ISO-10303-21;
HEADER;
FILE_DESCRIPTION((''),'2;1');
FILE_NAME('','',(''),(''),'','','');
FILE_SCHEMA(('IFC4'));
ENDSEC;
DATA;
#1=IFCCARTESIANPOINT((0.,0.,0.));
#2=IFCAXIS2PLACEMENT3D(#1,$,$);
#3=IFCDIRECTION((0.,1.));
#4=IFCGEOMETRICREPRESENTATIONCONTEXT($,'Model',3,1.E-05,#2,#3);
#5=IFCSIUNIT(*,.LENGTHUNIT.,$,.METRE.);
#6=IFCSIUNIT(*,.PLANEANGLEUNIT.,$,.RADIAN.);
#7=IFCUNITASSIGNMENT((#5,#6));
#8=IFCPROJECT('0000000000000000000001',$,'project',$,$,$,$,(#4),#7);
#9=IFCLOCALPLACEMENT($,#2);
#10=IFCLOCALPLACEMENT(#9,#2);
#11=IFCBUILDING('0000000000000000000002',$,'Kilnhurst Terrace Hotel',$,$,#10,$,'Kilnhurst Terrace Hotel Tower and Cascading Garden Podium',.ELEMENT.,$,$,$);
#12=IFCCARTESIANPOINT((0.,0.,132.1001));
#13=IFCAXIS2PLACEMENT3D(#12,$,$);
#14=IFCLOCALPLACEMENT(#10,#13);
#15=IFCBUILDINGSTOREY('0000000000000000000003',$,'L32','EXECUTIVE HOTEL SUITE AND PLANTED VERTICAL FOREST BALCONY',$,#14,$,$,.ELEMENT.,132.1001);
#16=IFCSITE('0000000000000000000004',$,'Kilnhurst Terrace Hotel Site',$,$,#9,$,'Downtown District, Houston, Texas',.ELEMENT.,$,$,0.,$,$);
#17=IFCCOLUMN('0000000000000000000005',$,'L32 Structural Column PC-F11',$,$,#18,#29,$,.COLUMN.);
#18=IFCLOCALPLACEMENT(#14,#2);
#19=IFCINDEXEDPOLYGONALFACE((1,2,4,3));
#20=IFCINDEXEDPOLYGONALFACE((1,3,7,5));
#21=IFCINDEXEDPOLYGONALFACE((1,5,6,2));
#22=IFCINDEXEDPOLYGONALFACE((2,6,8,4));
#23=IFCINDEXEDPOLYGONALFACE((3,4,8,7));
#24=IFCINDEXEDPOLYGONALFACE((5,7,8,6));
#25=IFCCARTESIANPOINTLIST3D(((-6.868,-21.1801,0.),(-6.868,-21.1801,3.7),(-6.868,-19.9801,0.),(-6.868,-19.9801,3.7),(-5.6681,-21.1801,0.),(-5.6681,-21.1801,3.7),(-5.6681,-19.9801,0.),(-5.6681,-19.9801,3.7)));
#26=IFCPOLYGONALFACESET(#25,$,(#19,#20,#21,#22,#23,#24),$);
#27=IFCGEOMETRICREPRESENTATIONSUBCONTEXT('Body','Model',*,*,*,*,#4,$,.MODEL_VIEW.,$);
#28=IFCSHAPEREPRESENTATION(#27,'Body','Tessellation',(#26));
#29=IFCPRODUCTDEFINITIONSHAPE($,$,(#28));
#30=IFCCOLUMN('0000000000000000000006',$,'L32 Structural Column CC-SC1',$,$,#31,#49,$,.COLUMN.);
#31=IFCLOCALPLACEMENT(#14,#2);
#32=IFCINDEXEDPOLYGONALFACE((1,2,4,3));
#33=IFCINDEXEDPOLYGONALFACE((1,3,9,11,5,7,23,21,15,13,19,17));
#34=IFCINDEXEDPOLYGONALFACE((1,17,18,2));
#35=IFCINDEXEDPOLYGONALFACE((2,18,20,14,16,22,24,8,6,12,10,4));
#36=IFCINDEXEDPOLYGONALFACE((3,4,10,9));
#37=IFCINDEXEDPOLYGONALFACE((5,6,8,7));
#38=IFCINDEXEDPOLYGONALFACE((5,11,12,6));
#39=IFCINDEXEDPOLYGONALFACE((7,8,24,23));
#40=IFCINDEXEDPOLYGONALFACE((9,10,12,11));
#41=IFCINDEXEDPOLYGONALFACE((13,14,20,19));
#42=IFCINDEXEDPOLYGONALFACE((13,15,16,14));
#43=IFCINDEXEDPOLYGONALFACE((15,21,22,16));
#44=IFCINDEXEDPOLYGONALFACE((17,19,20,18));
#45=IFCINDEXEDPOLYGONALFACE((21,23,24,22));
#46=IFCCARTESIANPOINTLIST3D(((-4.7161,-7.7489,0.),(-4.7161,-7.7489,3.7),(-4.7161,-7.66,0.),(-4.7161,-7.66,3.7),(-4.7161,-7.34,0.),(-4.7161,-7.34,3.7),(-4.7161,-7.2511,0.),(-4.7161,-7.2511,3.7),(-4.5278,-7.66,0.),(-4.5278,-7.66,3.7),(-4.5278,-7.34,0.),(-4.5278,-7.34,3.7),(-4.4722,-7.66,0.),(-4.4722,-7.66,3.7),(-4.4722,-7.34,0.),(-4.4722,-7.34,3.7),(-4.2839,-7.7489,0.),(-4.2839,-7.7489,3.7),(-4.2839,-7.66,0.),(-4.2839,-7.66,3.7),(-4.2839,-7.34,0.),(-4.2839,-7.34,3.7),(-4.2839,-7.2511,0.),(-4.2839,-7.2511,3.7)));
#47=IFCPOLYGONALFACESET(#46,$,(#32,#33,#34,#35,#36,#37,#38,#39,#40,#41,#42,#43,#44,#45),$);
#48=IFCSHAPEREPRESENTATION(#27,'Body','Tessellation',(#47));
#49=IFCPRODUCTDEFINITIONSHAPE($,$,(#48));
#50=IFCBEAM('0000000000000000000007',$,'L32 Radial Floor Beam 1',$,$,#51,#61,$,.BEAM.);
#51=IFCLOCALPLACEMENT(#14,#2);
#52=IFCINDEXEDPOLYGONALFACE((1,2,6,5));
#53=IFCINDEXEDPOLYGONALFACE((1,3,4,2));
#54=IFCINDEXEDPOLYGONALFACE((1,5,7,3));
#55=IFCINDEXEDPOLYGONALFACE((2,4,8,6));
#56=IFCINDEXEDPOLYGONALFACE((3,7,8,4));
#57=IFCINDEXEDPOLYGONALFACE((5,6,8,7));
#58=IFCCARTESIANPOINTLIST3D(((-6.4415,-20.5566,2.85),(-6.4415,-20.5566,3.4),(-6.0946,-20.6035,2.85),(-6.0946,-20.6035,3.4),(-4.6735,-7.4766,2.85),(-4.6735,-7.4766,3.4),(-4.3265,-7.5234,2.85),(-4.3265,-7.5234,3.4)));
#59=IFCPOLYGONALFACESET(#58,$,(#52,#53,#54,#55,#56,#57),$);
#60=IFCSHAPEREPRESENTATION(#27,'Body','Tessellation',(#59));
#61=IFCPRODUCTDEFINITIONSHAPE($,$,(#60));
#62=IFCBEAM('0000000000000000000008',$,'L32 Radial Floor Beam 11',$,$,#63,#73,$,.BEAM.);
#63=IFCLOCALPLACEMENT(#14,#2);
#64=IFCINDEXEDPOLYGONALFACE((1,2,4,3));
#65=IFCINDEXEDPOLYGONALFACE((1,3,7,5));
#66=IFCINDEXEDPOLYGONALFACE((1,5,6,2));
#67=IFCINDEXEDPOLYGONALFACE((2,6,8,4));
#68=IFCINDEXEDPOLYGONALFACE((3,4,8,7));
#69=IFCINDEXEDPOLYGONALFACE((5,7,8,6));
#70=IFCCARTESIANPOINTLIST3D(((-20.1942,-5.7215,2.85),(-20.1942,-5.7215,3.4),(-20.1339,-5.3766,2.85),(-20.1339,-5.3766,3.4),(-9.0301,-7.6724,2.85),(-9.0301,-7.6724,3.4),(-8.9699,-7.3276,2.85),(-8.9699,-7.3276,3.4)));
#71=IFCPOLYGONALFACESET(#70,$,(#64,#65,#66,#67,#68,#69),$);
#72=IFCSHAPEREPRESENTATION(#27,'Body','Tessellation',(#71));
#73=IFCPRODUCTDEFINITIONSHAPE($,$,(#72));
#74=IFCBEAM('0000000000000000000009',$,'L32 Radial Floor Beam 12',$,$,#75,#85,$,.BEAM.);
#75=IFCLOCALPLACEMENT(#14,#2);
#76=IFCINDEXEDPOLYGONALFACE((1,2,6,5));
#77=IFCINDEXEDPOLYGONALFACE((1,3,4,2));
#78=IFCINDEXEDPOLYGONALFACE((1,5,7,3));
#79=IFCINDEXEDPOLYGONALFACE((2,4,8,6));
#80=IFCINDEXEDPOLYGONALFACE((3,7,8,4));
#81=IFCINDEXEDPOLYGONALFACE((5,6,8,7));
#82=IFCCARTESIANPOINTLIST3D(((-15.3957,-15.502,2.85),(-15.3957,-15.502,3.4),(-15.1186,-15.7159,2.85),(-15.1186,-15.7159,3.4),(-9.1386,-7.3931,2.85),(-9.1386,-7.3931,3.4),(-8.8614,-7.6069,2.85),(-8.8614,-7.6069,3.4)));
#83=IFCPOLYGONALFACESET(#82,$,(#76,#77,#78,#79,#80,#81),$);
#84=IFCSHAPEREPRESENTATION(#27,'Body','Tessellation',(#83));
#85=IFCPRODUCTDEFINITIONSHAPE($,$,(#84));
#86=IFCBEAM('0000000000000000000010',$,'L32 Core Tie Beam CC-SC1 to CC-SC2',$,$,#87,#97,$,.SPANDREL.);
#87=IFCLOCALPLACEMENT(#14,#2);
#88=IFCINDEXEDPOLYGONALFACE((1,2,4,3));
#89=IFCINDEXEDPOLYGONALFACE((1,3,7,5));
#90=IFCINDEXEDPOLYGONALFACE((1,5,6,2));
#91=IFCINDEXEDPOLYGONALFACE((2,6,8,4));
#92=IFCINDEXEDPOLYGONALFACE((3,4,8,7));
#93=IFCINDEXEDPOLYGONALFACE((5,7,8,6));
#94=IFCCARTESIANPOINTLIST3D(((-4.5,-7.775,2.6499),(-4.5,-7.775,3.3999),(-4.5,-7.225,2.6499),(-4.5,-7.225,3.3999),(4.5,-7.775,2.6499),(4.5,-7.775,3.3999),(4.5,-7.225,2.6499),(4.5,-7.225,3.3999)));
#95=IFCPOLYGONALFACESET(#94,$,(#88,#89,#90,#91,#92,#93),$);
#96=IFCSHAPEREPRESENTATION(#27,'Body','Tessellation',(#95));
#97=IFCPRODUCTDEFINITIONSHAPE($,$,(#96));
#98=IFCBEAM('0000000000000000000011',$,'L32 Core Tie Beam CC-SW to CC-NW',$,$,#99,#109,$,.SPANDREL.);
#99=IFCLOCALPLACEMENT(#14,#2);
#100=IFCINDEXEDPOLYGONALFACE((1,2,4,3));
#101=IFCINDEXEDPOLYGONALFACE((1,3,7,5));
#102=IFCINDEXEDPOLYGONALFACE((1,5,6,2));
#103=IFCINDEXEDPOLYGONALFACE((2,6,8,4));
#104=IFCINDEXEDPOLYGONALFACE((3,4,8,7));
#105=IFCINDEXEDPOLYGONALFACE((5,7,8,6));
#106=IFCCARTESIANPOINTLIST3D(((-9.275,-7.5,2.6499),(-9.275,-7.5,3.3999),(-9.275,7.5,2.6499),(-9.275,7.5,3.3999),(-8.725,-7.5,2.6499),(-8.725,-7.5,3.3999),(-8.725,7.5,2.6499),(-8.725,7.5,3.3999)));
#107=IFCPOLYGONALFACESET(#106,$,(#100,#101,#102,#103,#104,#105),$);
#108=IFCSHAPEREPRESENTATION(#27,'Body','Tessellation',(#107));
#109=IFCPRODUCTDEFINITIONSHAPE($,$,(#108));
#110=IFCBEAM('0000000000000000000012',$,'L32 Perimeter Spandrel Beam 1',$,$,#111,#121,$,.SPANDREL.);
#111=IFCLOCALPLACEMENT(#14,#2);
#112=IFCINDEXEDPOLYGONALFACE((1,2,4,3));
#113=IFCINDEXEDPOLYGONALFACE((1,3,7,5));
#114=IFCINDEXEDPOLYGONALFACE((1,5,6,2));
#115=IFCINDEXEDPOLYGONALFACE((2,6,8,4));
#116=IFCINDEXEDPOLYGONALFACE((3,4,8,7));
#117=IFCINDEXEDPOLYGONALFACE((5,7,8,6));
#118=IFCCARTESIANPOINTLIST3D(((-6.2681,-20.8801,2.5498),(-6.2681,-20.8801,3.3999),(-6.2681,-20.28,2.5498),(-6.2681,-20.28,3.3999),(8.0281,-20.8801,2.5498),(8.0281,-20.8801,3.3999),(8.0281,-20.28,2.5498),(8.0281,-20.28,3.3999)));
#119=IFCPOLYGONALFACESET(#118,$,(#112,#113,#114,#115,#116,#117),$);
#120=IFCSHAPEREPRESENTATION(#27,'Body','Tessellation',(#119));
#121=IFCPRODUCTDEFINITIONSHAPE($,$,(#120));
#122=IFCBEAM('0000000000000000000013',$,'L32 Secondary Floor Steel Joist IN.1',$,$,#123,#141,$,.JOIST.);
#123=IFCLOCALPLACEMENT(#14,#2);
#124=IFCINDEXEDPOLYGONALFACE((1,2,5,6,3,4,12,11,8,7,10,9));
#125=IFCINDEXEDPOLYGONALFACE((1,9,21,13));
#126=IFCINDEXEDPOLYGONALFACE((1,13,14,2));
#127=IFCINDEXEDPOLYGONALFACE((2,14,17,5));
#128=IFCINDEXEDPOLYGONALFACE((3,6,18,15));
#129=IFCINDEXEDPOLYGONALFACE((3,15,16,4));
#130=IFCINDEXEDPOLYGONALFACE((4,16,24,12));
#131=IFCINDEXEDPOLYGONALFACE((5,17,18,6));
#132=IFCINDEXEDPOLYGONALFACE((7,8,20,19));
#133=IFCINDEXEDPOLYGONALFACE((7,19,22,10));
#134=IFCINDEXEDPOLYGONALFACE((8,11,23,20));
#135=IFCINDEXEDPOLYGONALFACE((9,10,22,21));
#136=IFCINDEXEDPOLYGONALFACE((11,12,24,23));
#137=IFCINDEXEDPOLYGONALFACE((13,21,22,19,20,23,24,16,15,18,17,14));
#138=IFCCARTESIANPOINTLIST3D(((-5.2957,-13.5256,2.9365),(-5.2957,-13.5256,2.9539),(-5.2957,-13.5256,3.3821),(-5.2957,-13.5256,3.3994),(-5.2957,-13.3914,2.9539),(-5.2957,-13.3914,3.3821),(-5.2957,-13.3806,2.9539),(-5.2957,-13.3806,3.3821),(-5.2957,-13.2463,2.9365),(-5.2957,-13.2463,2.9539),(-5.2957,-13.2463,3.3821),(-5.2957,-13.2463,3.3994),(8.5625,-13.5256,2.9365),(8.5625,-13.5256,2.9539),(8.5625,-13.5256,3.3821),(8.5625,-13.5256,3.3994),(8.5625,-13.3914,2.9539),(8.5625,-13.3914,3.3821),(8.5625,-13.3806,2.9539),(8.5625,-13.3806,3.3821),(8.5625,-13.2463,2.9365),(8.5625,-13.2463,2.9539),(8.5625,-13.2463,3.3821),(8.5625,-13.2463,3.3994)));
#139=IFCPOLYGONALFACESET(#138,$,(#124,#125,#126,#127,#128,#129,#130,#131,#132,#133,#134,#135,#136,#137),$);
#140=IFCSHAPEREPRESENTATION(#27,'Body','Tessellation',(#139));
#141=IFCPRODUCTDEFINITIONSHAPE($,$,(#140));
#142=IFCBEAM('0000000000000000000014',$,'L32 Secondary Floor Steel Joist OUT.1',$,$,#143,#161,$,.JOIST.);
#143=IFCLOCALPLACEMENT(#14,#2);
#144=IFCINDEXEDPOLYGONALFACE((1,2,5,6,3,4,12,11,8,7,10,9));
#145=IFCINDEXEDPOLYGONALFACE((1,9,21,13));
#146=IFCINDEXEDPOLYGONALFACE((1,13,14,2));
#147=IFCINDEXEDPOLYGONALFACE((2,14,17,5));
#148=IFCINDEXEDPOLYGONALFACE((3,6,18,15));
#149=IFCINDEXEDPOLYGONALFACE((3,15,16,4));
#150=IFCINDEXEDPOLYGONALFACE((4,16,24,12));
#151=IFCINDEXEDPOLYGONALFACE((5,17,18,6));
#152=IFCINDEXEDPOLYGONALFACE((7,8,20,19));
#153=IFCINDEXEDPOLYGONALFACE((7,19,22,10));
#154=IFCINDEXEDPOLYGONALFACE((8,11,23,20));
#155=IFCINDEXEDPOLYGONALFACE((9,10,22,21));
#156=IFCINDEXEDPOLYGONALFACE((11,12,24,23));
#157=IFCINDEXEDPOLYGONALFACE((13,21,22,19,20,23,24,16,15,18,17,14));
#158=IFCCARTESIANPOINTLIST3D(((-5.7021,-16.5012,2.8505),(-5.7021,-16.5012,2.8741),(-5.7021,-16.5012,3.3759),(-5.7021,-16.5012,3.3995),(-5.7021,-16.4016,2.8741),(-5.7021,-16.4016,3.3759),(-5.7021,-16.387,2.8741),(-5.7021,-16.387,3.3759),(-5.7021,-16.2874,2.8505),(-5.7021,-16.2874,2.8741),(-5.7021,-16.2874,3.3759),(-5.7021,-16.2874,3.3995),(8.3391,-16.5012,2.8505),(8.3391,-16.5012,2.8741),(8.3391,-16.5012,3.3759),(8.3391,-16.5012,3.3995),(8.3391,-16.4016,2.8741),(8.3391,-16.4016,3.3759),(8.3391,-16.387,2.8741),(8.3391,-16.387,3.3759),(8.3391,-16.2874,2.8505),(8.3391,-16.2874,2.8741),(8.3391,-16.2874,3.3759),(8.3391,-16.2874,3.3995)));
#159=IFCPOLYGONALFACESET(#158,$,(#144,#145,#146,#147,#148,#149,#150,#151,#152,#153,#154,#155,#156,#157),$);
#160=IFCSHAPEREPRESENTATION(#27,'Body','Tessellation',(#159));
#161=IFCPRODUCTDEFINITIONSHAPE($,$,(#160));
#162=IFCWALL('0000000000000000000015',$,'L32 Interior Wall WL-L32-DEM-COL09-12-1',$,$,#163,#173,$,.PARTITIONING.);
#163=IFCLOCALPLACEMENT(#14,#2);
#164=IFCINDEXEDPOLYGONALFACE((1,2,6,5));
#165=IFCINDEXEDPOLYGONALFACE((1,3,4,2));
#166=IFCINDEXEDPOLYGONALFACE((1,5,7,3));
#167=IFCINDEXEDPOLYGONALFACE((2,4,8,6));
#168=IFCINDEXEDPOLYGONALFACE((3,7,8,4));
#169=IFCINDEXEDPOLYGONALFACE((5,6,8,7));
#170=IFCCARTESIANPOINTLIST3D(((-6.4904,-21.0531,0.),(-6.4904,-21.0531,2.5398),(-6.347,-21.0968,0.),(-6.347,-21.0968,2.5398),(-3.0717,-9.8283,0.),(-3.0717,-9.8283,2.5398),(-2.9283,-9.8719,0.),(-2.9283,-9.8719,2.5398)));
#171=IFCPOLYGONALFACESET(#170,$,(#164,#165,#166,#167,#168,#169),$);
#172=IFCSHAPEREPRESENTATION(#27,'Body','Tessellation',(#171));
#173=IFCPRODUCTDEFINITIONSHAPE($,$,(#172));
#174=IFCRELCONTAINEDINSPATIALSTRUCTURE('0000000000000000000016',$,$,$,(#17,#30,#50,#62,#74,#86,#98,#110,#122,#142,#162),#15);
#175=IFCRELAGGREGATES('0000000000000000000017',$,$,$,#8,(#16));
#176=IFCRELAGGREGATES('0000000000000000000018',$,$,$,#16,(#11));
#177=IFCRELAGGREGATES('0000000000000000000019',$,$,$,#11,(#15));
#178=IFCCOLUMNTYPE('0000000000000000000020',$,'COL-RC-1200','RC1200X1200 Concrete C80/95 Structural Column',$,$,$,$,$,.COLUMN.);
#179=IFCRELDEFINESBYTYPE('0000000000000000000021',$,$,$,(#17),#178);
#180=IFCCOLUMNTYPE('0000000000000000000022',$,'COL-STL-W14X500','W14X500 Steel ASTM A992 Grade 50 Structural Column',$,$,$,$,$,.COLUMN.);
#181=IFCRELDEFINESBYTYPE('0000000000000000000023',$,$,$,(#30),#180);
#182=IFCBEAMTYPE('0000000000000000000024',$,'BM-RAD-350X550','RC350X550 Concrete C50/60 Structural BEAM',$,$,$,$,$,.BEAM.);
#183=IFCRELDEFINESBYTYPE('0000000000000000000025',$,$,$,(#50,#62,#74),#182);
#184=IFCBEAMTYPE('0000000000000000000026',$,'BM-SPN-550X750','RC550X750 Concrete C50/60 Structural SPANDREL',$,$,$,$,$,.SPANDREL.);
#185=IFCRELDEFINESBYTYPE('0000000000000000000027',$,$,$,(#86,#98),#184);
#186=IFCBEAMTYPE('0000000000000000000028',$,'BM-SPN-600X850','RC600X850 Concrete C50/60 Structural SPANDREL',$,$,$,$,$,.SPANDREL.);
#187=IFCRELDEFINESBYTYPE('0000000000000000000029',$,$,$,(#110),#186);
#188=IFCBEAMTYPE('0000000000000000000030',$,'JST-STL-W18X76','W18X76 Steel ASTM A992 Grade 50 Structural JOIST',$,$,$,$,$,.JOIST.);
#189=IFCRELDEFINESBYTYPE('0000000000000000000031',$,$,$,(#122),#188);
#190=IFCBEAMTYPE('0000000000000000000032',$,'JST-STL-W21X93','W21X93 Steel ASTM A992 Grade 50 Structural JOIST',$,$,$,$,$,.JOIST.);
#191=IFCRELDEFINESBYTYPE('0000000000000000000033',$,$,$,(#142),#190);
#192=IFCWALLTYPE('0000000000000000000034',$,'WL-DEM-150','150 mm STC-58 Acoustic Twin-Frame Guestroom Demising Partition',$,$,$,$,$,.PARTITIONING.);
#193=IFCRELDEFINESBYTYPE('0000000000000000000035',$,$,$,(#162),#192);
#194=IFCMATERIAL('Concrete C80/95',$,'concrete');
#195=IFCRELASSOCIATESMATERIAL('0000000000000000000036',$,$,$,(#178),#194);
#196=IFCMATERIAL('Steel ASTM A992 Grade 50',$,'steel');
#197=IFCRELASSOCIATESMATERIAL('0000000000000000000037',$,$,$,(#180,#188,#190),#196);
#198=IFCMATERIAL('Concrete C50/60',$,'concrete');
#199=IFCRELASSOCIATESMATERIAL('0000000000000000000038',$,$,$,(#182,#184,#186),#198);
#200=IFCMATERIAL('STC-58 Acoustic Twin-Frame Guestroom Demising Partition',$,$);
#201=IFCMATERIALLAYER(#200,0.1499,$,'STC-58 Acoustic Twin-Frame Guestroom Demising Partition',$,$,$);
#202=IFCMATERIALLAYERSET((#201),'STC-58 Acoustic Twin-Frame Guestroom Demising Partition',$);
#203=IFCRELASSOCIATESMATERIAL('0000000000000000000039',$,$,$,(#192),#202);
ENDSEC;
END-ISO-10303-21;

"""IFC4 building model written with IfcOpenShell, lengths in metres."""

from ifc_helpers import new_model, si_unit, direction, frame, frame_2d, origin, origin_2d, place, context, subcontext, project, spatial, rectangle, i_section, extrude, material, layer, layer_set, material_profile, profile_set, type_object, element, save


model = new_model("IFC4")

# Units and contexts
model_context = context("Model", 3, precision=1e-05, world=origin(), true_north=direction((0.0, 1.0)))
body_context = subcontext(model_context, "Body", "Model", "MODEL_VIEW")
ifc_project = project(units=[si_unit("LENGTHUNIT", "METRE"), si_unit("PLANEANGLEUNIT", "RADIAN")], contexts=[model_context])

# Site, building, storey
site_placement = place(None, origin())
site = spatial("IfcSite", under=ifc_project, at=site_placement, Name="Kilnhurst Terrace Hotel Site", LongName="Downtown District, Houston, Texas", CompositionType="ELEMENT", RefElevation=0.0)
building_placement = place(site_placement, origin())
building = spatial("IfcBuilding", under=site, at=building_placement, Name="Kilnhurst Terrace Hotel", LongName="Kilnhurst Terrace Hotel Tower and Cascading Garden Podium", CompositionType="ELEMENT")
storey_placement = place(building_placement, frame((0.0, 0.0, 132.1001)))
storey = spatial("IfcBuildingStorey", under=building, at=storey_placement, Name="L32", Description="EXECUTIVE HOTEL SUITE AND PLANTED VERTICAL FOREST BALCONY", CompositionType="ELEMENT", Elevation=132.1001)

# Columns
ifc_material_1 = material(Name="Concrete C80/95", Category="concrete")
ifc_material_profile_1 = material_profile(ifc_material_1, rectangle(XDim=1.2, YDim=1.2, at=origin_2d()), Name="RC1200X1200")
ifc_profile_set_1 = profile_set([ifc_material_profile_1], Name="Concrete C80/95")
column_type_1 = type_object("IfcColumnType", Name="COL-RC-1200", Description="RC1200X1200 Concrete C80/95 Structural Column", PredefinedType="COLUMN", material=ifc_profile_set_1)
column_1_placement = place(storey_placement, frame((-6.2681, -20.5801, 0.0), z_axis=(0.0, 0.0, 1.0), x_axis=(1.0, 0.0, 0.0)))
element("IfcColumn", 1, at=column_1_placement, inside=storey, type_object=column_type_1, Name="L32 Structural Column PC-F11", PredefinedType="COLUMN", context=body_context, shape_type="SweptSolid", body=[
    extrude(rectangle(XDim=1.2, YDim=1.2, at=origin_2d()), origin(), (0.0, 0.0, 1.0), 3.7),
])
ifc_material_2 = material(Name="Steel ASTM A992 Grade 50", Category="steel")
ifc_material_profile_2 = material_profile(ifc_material_2, i_section(OverallWidth=0.4321, OverallDepth=0.4978, WebThickness=0.0557, FlangeThickness=0.0889, at=origin_2d()), Name="W14X500")
ifc_profile_set_2 = profile_set([ifc_material_profile_2], Name="Steel ASTM A992 Grade 50")
column_type_2 = type_object("IfcColumnType", Name="COL-STL-W14X500", Description="W14X500 Steel ASTM A992 Grade 50 Structural Column", PredefinedType="COLUMN", material=ifc_profile_set_2)
column_2_placement = place(storey_placement, frame((-4.5, -7.5, 0.0), z_axis=(0.0, 0.0, 1.0), x_axis=(1.0, 0.0, 0.0)))
element("IfcColumn", 2, at=column_2_placement, inside=storey, type_object=column_type_2, Name="L32 Structural Column CC-SC1", PredefinedType="COLUMN", context=body_context, shape_type="SweptSolid", body=[
    extrude(i_section(OverallWidth=0.4321, OverallDepth=0.4978, WebThickness=0.0557, FlangeThickness=0.0889, at=origin_2d()), origin(), (0.0, 0.0, 1.0), 3.7),
])

# Beams
ifc_material_3 = material(Name="Concrete C50/60", Category="concrete")
ifc_material_profile_3 = material_profile(ifc_material_3, rectangle(XDim=0.3501, YDim=0.55, at=origin_2d()), Name="RC350X550")
ifc_profile_set_3 = profile_set([ifc_material_profile_3], Name="Concrete C50/60")
beam_type_1 = type_object("IfcBeamType", Name="BM-RAD-350X550", Description="RC350X550 Concrete C50/60 Structural BEAM", PredefinedType="BEAM", material=ifc_profile_set_3)
beam_1_placement = place(storey_placement, frame((-4.5, -7.5, 3.125), z_axis=(-0.133954, -0.990988, 0.0), x_axis=(0.990988, -0.133954, 0.0)))
element("IfcBeam", 3, at=beam_1_placement, inside=storey, type_object=beam_type_1, Name="L32 Radial Floor Beam 1", PredefinedType="BEAM", context=body_context, shape_type="SweptSolid", body=[
    extrude(rectangle(XDim=0.3501, YDim=0.55, at=origin_2d()), origin(), (0.0, 0.0, 1.0), 13.199),
])
beam_2_placement = place(storey_placement, frame((-9.0, -7.5, 3.125), z_axis=(-0.985072, 0.172142, 0.0), x_axis=(-0.172142, -0.985072, 0.0)))
element("IfcBeam", 4, at=beam_2_placement, inside=storey, type_object=beam_type_1, Name="L32 Radial Floor Beam 11", PredefinedType="BEAM", context=body_context, shape_type="SweptSolid", body=[
    extrude(rectangle(XDim=0.3501, YDim=0.55, at=origin_2d()), origin(), (0.0, 0.0, 1.0), 11.3333),
])
beam_3_placement = place(storey_placement, frame((-9.0, -7.5, 3.125), z_axis=(-0.610905, -0.791704, 0.0), x_axis=(0.791704, -0.610905, 0.0)))
element("IfcBeam", 5, at=beam_3_placement, inside=storey, type_object=beam_type_1, Name="L32 Radial Floor Beam 12", PredefinedType="BEAM", context=body_context, shape_type="SweptSolid", body=[
    extrude(rectangle(XDim=0.3501, YDim=0.55, at=origin_2d()), origin(), (0.0, 0.0, 1.0), 10.2424),
])
ifc_material_profile_4 = material_profile(ifc_material_3, rectangle(XDim=0.55, YDim=0.75, at=origin_2d()), Name="RC550X750")
ifc_profile_set_4 = profile_set([ifc_material_profile_4], Name="Concrete C50/60")
beam_type_2 = type_object("IfcBeamType", Name="BM-SPN-550X750", Description="RC550X750 Concrete C50/60 Structural SPANDREL", PredefinedType="SPANDREL", material=ifc_profile_set_4)
beam_4_placement = place(storey_placement, frame((-4.5, -7.5, 3.0249), z_axis=(1.0, 0.0, 0.0), x_axis=(0.0, 1.0, 0.0)))
element("IfcBeam", 6, at=beam_4_placement, inside=storey, type_object=beam_type_2, Name="L32 Core Tie Beam CC-SC1 to CC-SC2", PredefinedType="SPANDREL", context=body_context, shape_type="SweptSolid", body=[
    extrude(rectangle(XDim=0.55, YDim=0.75, at=origin_2d()), origin(), (0.0, 0.0, 1.0), 9.0),
])
beam_5_placement = place(storey_placement, frame((-9.0, -7.5, 3.0249), z_axis=(0.0, 1.0, 0.0), x_axis=(-1.0, 0.0, 0.0)))
element("IfcBeam", 7, at=beam_5_placement, inside=storey, type_object=beam_type_2, Name="L32 Core Tie Beam CC-SW to CC-NW", PredefinedType="SPANDREL", context=body_context, shape_type="SweptSolid", body=[
    extrude(rectangle(XDim=0.55, YDim=0.75, at=origin_2d()), origin(), (0.0, 0.0, 1.0), 15.0),
])
ifc_material_profile_5 = material_profile(ifc_material_3, rectangle(XDim=0.6001, YDim=0.8501, at=origin_2d()), Name="RC600X850")
ifc_profile_set_5 = profile_set([ifc_material_profile_5], Name="Concrete C50/60")
beam_type_3 = type_object("IfcBeamType", Name="BM-SPN-600X850", Description="RC600X850 Concrete C50/60 Structural SPANDREL", PredefinedType="SPANDREL", material=ifc_profile_set_5)
beam_6_placement = place(storey_placement, frame((-6.2681, -20.5801, 2.9749), z_axis=(1.0, 0.0, 0.0), x_axis=(0.0, 1.0, 0.0)))
element("IfcBeam", 8, at=beam_6_placement, inside=storey, type_object=beam_type_3, Name="L32 Perimeter Spandrel Beam 1", PredefinedType="SPANDREL", context=body_context, shape_type="SweptSolid", body=[
    extrude(rectangle(XDim=0.6001, YDim=0.8501, at=origin_2d()), origin(), (0.0, 0.0, 1.0), 14.2961),
])
ifc_material_profile_6 = material_profile(ifc_material_2, i_section(OverallWidth=0.2793, OverallDepth=0.4629, WebThickness=0.0107, FlangeThickness=0.0173, at=origin_2d()), Name="W18X76")
ifc_profile_set_6 = profile_set([ifc_material_profile_6], Name="Steel ASTM A992 Grade 50")
beam_type_4 = type_object("IfcBeamType", Name="JST-STL-W18X76", Description="W18X76 Steel ASTM A992 Grade 50 Structural JOIST", PredefinedType="JOIST", material=ifc_profile_set_6)
beam_7_placement = place(storey_placement, frame((-5.2957, -13.386, 3.168), z_axis=(1.0, 0.0, 0.0), x_axis=(0.0, 1.0, 0.0)))
element("IfcBeam", 9, at=beam_7_placement, inside=storey, type_object=beam_type_4, Name="L32 Secondary Floor Steel Joist IN.1", PredefinedType="JOIST", context=body_context, shape_type="SweptSolid", body=[
    extrude(i_section(OverallWidth=0.2793, OverallDepth=0.4629, WebThickness=0.0107, FlangeThickness=0.0173, at=origin_2d()), origin(), (0.0, 0.0, 1.0), 13.8582),
])
ifc_material_profile_7 = material_profile(ifc_material_2, i_section(OverallWidth=0.2139, OverallDepth=0.5491, WebThickness=0.0146, FlangeThickness=0.0237, at=origin_2d()), Name="W21X93")
ifc_profile_set_7 = profile_set([ifc_material_profile_7], Name="Steel ASTM A992 Grade 50")
beam_type_5 = type_object("IfcBeamType", Name="JST-STL-W21X93", Description="W21X93 Steel ASTM A992 Grade 50 Structural JOIST", PredefinedType="JOIST", material=ifc_profile_set_7)
beam_8_placement = place(storey_placement, frame((-5.7021, -16.3943, 3.125), z_axis=(1.0, 0.0, 0.0), x_axis=(0.0, 1.0, 0.0)))
element("IfcBeam", 10, at=beam_8_placement, inside=storey, type_object=beam_type_5, Name="L32 Secondary Floor Steel Joist OUT.1", PredefinedType="JOIST", context=body_context, shape_type="SweptSolid", body=[
    extrude(i_section(OverallWidth=0.2139, OverallDepth=0.5491, WebThickness=0.0146, FlangeThickness=0.0237, at=origin_2d()), origin(), (0.0, 0.0, 1.0), 14.0413),
])

# Wall
ifc_material_4 = material(Name="STC-58 Acoustic Twin-Frame Guestroom Demising Partition")
ifc_layer_1 = layer(ifc_material_4, 0.1499, Name="STC-58 Acoustic Twin-Frame Guestroom Demising Partition")
ifc_layer_set_1 = layer_set([ifc_layer_1], Name="STC-58 Acoustic Twin-Frame Guestroom Demising Partition")
wall_type_1 = type_object("IfcWallType", Name="WL-DEM-150", Description="150 mm STC-58 Acoustic Twin-Frame Guestroom Demising Partition", PredefinedType="PARTITIONING", material=ifc_layer_set_1)
wall_1_placement = place(storey_placement, frame((-3.0, -9.8501, 0.0), z_axis=(0.0, 0.0, 1.0), x_axis=(-0.291352, -0.956616, 0.0)))
element("IfcWall", 11, at=wall_1_placement, inside=storey, type_object=wall_type_1, Name="L32 Interior Wall WL-L32-DEM-COL09-12-1", PredefinedType="PARTITIONING", context=body_context, shape_type="SweptSolid", body=[
    extrude(rectangle(XDim=11.7339, YDim=0.1499, at=frame_2d((5.8669, 0.0))), origin(), (0.0, 0.0, 1.0), 2.5398),
])

save(model, "model.ifc")
